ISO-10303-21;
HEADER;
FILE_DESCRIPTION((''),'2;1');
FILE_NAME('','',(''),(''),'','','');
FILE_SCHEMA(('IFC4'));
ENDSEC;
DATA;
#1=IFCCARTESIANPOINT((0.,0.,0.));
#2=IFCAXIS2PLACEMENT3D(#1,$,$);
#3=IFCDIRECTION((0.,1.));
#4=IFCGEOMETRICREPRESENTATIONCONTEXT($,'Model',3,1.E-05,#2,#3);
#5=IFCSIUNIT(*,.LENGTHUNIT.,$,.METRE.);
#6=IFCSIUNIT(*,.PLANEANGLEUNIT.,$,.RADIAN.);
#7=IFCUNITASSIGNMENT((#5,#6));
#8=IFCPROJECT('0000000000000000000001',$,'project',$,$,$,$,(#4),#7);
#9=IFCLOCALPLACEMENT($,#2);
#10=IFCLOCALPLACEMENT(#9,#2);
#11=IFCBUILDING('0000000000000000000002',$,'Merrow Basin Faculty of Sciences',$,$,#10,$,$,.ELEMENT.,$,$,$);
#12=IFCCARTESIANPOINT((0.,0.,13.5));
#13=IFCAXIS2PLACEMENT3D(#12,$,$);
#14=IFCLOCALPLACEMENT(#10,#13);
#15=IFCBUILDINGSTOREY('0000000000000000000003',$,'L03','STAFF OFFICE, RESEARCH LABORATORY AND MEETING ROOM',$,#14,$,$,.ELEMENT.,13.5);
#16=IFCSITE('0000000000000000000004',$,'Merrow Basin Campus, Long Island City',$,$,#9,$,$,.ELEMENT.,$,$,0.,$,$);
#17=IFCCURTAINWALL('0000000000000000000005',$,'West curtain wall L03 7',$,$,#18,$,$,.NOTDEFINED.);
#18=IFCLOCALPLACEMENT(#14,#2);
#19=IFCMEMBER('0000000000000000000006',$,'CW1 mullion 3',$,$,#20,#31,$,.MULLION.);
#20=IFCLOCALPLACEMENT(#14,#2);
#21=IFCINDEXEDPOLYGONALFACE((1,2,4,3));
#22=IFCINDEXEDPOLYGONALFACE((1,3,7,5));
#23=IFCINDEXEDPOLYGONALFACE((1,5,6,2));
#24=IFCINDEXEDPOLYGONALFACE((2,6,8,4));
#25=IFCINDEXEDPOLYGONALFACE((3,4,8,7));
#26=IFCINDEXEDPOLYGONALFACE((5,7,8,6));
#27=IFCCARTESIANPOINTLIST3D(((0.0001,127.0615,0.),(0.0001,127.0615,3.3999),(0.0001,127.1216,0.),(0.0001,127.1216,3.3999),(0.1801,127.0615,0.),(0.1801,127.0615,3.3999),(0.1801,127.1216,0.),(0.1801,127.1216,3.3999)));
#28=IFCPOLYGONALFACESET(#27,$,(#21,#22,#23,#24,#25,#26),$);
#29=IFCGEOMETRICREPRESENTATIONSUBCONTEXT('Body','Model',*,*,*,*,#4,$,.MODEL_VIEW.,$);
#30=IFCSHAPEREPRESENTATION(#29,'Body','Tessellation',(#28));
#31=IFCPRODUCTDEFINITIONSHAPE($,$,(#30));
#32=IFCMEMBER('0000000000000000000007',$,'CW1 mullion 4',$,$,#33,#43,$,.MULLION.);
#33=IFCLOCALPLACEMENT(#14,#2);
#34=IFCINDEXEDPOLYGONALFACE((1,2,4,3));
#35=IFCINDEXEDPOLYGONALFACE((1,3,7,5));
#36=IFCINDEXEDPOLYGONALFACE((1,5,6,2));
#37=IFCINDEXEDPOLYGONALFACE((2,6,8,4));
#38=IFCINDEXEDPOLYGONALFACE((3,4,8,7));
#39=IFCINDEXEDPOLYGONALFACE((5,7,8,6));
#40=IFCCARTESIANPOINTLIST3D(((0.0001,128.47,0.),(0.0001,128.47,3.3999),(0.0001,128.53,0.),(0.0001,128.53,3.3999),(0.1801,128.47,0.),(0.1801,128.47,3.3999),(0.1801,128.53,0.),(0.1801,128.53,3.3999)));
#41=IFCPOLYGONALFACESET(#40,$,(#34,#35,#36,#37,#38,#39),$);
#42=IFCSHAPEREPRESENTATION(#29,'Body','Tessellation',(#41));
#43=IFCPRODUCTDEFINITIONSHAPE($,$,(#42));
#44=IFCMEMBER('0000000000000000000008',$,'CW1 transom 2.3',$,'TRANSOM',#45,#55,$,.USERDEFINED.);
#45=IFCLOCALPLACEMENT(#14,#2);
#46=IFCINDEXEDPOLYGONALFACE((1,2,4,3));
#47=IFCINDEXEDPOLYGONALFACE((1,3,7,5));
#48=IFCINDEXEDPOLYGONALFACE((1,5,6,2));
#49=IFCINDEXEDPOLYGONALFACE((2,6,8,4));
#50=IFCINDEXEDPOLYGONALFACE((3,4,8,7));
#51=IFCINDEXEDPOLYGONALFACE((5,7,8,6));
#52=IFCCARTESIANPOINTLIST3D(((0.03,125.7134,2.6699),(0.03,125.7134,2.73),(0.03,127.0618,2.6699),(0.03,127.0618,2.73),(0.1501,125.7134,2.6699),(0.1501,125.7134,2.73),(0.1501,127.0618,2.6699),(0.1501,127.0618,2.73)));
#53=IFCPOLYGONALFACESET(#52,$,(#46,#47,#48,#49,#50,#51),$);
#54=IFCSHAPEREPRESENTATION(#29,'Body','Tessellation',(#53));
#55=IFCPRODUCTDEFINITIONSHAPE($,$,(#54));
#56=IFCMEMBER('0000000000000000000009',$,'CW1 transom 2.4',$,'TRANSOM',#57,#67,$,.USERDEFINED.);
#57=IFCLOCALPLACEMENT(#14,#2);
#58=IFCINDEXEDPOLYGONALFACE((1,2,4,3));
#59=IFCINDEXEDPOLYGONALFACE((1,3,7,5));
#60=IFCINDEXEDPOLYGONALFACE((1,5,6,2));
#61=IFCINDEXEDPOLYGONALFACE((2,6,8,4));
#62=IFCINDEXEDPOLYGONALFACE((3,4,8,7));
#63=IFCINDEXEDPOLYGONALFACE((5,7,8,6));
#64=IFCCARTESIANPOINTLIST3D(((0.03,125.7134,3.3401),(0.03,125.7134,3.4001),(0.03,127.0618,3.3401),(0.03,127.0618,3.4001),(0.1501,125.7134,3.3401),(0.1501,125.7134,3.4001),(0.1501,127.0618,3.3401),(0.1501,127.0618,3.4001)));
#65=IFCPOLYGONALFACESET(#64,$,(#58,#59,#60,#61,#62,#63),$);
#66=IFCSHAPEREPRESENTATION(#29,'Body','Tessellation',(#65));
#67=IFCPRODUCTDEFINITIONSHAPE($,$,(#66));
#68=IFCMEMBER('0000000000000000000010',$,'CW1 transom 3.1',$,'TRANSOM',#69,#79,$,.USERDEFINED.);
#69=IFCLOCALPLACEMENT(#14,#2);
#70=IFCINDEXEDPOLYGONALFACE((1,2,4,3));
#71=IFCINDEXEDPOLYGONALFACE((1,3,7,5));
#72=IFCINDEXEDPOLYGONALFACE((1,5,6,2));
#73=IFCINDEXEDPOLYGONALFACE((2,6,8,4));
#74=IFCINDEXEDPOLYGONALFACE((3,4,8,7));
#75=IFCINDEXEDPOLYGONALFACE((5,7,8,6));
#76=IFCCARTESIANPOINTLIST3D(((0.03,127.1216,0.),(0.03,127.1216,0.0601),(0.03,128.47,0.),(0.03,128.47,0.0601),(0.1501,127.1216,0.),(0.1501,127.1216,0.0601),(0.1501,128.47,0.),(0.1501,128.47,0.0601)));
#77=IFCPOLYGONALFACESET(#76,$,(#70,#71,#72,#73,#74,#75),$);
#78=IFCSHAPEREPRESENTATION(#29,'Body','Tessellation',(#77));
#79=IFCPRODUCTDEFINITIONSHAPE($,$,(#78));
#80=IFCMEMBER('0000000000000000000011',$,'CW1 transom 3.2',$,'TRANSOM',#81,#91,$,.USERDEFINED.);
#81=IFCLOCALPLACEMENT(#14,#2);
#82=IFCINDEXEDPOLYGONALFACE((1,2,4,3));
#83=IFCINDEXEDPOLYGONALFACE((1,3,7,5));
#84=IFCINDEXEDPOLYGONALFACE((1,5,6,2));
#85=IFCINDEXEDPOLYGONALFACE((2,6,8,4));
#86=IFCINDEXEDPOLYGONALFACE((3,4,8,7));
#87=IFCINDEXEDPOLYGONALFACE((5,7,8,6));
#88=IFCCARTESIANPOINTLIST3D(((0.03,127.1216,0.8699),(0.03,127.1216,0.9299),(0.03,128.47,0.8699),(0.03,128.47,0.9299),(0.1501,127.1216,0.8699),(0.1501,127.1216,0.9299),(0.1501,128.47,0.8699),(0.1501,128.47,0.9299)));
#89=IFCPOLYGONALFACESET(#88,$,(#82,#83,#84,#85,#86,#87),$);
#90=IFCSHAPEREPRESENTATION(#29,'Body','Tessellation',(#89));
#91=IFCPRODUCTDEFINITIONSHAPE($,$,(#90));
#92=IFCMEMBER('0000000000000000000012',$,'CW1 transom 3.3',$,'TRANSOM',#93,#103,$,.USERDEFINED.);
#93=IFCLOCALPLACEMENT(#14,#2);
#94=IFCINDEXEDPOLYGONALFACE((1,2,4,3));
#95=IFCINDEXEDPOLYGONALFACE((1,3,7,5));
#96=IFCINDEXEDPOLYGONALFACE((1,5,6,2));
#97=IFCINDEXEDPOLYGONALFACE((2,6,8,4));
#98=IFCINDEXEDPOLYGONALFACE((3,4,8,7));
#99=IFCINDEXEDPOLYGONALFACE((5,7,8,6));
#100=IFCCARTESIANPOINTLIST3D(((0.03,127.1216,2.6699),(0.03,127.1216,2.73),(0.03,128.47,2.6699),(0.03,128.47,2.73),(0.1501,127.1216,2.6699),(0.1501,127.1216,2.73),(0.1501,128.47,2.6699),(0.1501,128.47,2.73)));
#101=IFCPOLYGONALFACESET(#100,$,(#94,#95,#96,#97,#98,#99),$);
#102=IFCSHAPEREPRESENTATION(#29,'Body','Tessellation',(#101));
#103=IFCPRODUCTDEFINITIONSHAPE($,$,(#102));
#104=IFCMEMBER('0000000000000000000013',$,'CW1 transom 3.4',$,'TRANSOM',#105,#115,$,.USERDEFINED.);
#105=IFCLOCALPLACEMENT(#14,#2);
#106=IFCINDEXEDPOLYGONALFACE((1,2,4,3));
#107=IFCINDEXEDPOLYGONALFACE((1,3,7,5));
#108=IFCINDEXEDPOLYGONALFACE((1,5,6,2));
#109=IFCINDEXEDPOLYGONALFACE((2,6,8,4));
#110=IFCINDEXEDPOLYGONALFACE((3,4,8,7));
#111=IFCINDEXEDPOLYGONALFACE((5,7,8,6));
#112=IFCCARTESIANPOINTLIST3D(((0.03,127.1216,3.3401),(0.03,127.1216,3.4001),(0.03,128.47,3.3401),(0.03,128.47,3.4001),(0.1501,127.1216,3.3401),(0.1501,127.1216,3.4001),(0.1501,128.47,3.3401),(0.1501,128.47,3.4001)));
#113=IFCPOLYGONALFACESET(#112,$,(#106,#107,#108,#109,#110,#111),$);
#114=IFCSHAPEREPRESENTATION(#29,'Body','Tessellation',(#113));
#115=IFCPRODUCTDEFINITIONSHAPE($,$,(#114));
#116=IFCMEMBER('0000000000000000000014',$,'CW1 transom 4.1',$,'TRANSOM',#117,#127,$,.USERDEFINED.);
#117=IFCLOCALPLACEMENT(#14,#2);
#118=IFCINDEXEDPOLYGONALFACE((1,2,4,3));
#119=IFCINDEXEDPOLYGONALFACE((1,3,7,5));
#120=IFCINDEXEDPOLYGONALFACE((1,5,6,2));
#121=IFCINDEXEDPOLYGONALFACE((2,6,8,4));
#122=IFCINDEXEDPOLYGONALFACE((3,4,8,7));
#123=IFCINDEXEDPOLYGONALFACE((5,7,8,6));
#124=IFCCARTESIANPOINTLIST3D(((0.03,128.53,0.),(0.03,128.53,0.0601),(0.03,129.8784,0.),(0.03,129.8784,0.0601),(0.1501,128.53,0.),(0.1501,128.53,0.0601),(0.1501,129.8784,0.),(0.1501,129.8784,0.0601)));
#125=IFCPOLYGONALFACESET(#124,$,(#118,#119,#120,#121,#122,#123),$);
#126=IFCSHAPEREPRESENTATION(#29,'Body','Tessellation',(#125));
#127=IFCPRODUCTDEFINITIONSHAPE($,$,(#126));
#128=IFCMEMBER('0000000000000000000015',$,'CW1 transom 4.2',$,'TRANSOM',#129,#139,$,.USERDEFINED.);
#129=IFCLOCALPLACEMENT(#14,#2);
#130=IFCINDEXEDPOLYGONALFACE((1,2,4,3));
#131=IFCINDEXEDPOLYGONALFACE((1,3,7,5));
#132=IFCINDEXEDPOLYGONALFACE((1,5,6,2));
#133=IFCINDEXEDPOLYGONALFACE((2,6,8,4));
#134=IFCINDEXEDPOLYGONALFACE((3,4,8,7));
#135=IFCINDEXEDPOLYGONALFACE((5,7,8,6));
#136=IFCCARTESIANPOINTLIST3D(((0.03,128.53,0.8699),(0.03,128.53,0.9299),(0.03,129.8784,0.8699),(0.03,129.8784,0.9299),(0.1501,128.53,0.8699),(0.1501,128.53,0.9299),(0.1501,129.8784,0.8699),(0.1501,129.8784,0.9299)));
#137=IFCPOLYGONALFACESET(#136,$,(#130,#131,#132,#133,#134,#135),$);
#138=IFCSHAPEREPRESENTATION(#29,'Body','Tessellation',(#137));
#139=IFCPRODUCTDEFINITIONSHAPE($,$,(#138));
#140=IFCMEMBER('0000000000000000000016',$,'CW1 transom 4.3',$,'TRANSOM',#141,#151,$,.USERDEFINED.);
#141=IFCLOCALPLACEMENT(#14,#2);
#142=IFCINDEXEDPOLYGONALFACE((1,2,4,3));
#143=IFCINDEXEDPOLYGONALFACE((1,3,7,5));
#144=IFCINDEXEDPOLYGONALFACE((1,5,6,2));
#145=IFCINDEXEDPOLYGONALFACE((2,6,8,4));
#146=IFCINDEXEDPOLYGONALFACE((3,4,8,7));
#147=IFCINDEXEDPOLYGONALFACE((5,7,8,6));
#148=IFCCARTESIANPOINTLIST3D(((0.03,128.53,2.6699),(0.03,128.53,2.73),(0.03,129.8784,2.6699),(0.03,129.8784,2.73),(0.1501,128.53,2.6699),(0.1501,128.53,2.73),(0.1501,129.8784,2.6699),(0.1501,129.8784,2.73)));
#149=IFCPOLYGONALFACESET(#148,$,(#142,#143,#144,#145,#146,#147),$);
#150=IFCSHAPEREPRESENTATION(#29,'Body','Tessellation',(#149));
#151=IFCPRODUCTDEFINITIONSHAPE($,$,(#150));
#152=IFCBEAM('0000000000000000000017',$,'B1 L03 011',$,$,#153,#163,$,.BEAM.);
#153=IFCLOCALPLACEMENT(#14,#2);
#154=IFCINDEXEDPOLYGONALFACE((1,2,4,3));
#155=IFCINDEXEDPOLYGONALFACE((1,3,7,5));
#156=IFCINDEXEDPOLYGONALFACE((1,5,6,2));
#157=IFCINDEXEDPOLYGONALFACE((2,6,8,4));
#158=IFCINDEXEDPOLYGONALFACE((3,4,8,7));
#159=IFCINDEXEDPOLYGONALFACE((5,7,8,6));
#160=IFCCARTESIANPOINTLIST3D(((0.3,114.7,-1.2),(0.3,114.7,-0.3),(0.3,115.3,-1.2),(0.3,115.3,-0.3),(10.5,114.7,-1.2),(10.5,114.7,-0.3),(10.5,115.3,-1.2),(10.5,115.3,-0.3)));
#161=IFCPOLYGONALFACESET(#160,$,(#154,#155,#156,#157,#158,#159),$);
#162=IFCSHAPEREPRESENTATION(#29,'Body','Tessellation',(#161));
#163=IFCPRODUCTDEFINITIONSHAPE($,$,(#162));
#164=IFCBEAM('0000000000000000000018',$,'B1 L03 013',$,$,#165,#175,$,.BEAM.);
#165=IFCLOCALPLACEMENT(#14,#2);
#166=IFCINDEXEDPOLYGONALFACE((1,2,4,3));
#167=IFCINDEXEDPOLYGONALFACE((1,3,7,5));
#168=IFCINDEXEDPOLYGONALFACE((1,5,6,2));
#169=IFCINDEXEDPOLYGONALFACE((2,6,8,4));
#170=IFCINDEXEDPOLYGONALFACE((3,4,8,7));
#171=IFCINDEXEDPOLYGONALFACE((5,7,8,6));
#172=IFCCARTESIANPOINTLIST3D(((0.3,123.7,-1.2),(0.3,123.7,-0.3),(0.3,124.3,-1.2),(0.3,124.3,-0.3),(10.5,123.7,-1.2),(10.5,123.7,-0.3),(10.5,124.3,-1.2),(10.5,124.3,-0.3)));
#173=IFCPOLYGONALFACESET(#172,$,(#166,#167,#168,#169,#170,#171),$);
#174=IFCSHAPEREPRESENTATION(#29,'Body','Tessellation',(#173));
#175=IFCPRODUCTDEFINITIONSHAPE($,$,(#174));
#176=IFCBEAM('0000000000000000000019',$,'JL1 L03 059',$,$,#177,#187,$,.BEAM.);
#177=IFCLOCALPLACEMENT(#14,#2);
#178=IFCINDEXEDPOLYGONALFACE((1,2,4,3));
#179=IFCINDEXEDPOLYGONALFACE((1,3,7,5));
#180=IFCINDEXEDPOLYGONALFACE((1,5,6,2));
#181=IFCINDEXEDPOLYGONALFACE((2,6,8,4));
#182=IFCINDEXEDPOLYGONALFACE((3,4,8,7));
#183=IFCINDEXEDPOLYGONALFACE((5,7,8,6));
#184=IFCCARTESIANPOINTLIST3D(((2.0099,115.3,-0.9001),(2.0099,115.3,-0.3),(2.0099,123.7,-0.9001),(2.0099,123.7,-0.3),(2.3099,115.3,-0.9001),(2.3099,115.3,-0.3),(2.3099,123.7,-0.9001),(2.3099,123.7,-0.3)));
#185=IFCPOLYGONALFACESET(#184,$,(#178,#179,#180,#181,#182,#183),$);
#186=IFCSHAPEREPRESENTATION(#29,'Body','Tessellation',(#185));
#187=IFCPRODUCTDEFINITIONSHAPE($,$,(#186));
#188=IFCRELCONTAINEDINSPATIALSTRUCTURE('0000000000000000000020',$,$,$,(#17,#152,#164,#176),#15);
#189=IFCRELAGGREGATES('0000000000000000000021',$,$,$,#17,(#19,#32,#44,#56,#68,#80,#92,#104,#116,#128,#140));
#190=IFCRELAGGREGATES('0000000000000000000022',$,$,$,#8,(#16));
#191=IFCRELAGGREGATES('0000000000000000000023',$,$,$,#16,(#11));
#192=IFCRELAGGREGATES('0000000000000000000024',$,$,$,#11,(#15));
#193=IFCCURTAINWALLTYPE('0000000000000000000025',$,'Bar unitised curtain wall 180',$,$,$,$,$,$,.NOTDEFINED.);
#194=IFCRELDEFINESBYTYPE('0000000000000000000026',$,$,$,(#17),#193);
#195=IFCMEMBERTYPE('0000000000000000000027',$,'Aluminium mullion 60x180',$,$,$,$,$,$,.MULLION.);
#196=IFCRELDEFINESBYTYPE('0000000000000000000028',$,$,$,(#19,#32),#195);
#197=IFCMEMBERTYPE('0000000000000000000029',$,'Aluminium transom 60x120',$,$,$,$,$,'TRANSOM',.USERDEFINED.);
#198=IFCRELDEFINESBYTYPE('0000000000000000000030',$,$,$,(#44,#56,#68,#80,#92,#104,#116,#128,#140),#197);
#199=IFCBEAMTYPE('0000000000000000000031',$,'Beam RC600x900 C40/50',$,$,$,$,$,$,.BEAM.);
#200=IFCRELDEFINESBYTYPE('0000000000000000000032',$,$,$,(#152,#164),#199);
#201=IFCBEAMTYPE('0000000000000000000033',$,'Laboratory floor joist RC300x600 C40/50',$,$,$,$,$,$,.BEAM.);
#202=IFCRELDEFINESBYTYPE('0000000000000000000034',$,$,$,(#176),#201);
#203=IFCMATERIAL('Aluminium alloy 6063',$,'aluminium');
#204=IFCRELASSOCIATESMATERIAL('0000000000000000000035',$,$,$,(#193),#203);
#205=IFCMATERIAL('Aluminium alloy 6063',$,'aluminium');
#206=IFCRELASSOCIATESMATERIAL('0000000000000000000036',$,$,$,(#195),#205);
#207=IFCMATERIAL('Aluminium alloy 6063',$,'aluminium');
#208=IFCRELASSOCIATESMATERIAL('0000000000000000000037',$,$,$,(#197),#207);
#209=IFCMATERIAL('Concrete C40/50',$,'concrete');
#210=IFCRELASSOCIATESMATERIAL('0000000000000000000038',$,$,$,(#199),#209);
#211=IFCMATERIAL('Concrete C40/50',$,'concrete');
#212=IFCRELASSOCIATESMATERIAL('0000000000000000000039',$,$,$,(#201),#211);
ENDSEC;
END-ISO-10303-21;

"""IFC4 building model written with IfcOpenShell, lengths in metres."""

from ifc_helpers import new_model, si_unit, direction, frame, origin, origin_2d, place, context, subcontext, project, spatial, rectangle, extrude, material, material_profile, profile_set, type_object, element, aggregate, save


model = new_model("IFC4")

# Units and contexts
model_context = context("Model", 3, precision=1e-05, world=origin(), true_north=direction((0.0, 1.0)))
body_context = subcontext(model_context, "Body", "Model", "MODEL_VIEW")
ifc_project = project(units=[si_unit("LENGTHUNIT", "METRE"), si_unit("PLANEANGLEUNIT", "RADIAN")], contexts=[model_context])

# Site, building, storey
site_placement = place(None, origin())
site = spatial("IfcSite", under=ifc_project, at=site_placement, Name="Merrow Basin Campus, Long Island City", CompositionType="ELEMENT", RefElevation=0.0)
building_placement = place(site_placement, origin())
building = spatial("IfcBuilding", under=site, at=building_placement, Name="Merrow Basin Faculty of Sciences", CompositionType="ELEMENT")
storey_placement = place(building_placement, frame((0.0, 0.0, 13.5)))
storey = spatial("IfcBuildingStorey", under=building, at=storey_placement, Name="L03", Description="STAFF OFFICE, RESEARCH LABORATORY AND MEETING ROOM", CompositionType="ELEMENT", Elevation=13.5)

# Curtain wall, members
ifc_material_1 = material(Name="Aluminium alloy 6063", Category="aluminium")
curtain_wall_type = type_object("IfcCurtainWallType", Name="Bar unitised curtain wall 180", PredefinedType="NOTDEFINED", material=ifc_material_1)
curtain_wall_placement = place(storey_placement, origin())
curtain_wall = element("IfcCurtainWall", 1, at=curtain_wall_placement, inside=storey, type_object=curtain_wall_type, Name="West curtain wall L03 7", PredefinedType="NOTDEFINED")
ifc_material_2 = material(Name="Aluminium alloy 6063", Category="aluminium")
ifc_material_profile_1 = material_profile(ifc_material_2, rectangle(XDim=0.1799, YDim=0.0601, at=origin_2d()))
ifc_profile_set_1 = profile_set([ifc_material_profile_1], Name="Aluminium alloy 6063")
member_type_1 = type_object("IfcMemberType", Name="Aluminium mullion 60x180", PredefinedType="MULLION", material=ifc_profile_set_1)
member_1_placement = place(storey_placement, frame((0.0901, 127.0916, 0.0), z_axis=(0.0, 0.0, 1.0), x_axis=(-1.0, 0.0, 0.0)))
member_1 = element("IfcMember", 2, at=member_1_placement, type_object=member_type_1, Name="CW1 mullion 3", PredefinedType="MULLION", context=body_context, shape_type="SweptSolid", body=[
    extrude(rectangle(XDim=0.1799, YDim=0.0601, at=origin_2d()), origin(), (0.0, 0.0, 1.0), 3.3999),
])
member_2_placement = place(storey_placement, frame((0.0901, 128.5, 0.0), z_axis=(0.0, 0.0, 1.0), x_axis=(-1.0, 0.0, 0.0)))
member_2 = element("IfcMember", 3, at=member_2_placement, type_object=member_type_1, Name="CW1 mullion 4", PredefinedType="MULLION", context=body_context, shape_type="SweptSolid", body=[
    extrude(rectangle(XDim=0.1799, YDim=0.0601, at=origin_2d()), origin(), (0.0, 0.0, 1.0), 3.3999),
])
ifc_material_3 = material(Name="Aluminium alloy 6063", Category="aluminium")
ifc_material_profile_2 = material_profile(ifc_material_3, rectangle(XDim=0.1201, YDim=0.0601, at=origin_2d()))
ifc_profile_set_2 = profile_set([ifc_material_profile_2], Name="Aluminium alloy 6063")
member_type_2 = type_object("IfcMemberType", Name="Aluminium transom 60x120", ElementType="TRANSOM", PredefinedType="USERDEFINED", material=ifc_profile_set_2)
member_3_placement = place(storey_placement, frame((0.0901, 125.7134, 2.7), z_axis=(0.0, 1.0, 0.0), x_axis=(-1.0, 0.0, 0.0)))
member_3 = element("IfcMember", 4, at=member_3_placement, type_object=member_type_2, Name="CW1 transom 2.3", ObjectType="TRANSOM", PredefinedType="USERDEFINED", context=body_context, shape_type="SweptSolid", body=[
    extrude(rectangle(XDim=0.1201, YDim=0.0601, at=origin_2d()), origin(), (0.0, 0.0, 1.0), 1.3484),
])
member_4_placement = place(storey_placement, frame((0.0901, 125.7134, 3.3701), z_axis=(0.0, 1.0, 0.0), x_axis=(-1.0, 0.0, 0.0)))
member_4 = element("IfcMember", 5, at=member_4_placement, type_object=member_type_2, Name="CW1 transom 2.4", ObjectType="TRANSOM", PredefinedType="USERDEFINED", context=body_context, shape_type="SweptSolid", body=[
    extrude(rectangle(XDim=0.1201, YDim=0.0601, at=origin_2d()), origin(), (0.0, 0.0, 1.0), 1.3484),
])
member_5_placement = place(storey_placement, frame((0.0901, 127.1216, 0.03), z_axis=(0.0, 1.0, 0.0), x_axis=(-1.0, 0.0, 0.0)))
member_5 = element("IfcMember", 6, at=member_5_placement, type_object=member_type_2, Name="CW1 transom 3.1", ObjectType="TRANSOM", PredefinedType="USERDEFINED", context=body_context, shape_type="SweptSolid", body=[
    extrude(rectangle(XDim=0.1201, YDim=0.0601, at=origin_2d()), origin(), (0.0, 0.0, 1.0), 1.3484),
])
member_6_placement = place(storey_placement, frame((0.0901, 127.1216, 0.8999), z_axis=(0.0, 1.0, 0.0), x_axis=(-1.0, 0.0, 0.0)))
member_6 = element("IfcMember", 7, at=member_6_placement, type_object=member_type_2, Name="CW1 transom 3.2", ObjectType="TRANSOM", PredefinedType="USERDEFINED", context=body_context, shape_type="SweptSolid", body=[
    extrude(rectangle(XDim=0.1201, YDim=0.0601, at=origin_2d()), origin(), (0.0, 0.0, 1.0), 1.3484),
])
member_7_placement = place(storey_placement, frame((0.0901, 127.1216, 2.7), z_axis=(0.0, 1.0, 0.0), x_axis=(-1.0, 0.0, 0.0)))
member_7 = element("IfcMember", 8, at=member_7_placement, type_object=member_type_2, Name="CW1 transom 3.3", ObjectType="TRANSOM", PredefinedType="USERDEFINED", context=body_context, shape_type="SweptSolid", body=[
    extrude(rectangle(XDim=0.1201, YDim=0.0601, at=origin_2d()), origin(), (0.0, 0.0, 1.0), 1.3484),
])
member_8_placement = place(storey_placement, frame((0.0901, 127.1216, 3.3701), z_axis=(0.0, 1.0, 0.0), x_axis=(-1.0, 0.0, 0.0)))
member_8 = element("IfcMember", 9, at=member_8_placement, type_object=member_type_2, Name="CW1 transom 3.4", ObjectType="TRANSOM", PredefinedType="USERDEFINED", context=body_context, shape_type="SweptSolid", body=[
    extrude(rectangle(XDim=0.1201, YDim=0.0601, at=origin_2d()), origin(), (0.0, 0.0, 1.0), 1.3484),
])
member_9_placement = place(storey_placement, frame((0.0901, 128.53, 0.03), z_axis=(0.0, 1.0, 0.0), x_axis=(-1.0, 0.0, 0.0)))
member_9 = element("IfcMember", 10, at=member_9_placement, type_object=member_type_2, Name="CW1 transom 4.1", ObjectType="TRANSOM", PredefinedType="USERDEFINED", context=body_context, shape_type="SweptSolid", body=[
    extrude(rectangle(XDim=0.1201, YDim=0.0601, at=origin_2d()), origin(), (0.0, 0.0, 1.0), 1.3484),
])
member_10_placement = place(storey_placement, frame((0.0901, 128.53, 0.8999), z_axis=(0.0, 1.0, 0.0), x_axis=(-1.0, 0.0, 0.0)))
member_10 = element("IfcMember", 11, at=member_10_placement, type_object=member_type_2, Name="CW1 transom 4.2", ObjectType="TRANSOM", PredefinedType="USERDEFINED", context=body_context, shape_type="SweptSolid", body=[
    extrude(rectangle(XDim=0.1201, YDim=0.0601, at=origin_2d()), origin(), (0.0, 0.0, 1.0), 1.3484),
])
member_11_placement = place(storey_placement, frame((0.0901, 128.53, 2.7), z_axis=(0.0, 1.0, 0.0), x_axis=(-1.0, 0.0, 0.0)))
member_11 = element("IfcMember", 12, at=member_11_placement, type_object=member_type_2, Name="CW1 transom 4.3", ObjectType="TRANSOM", PredefinedType="USERDEFINED", context=body_context, shape_type="SweptSolid", body=[
    extrude(rectangle(XDim=0.1201, YDim=0.0601, at=origin_2d()), origin(), (0.0, 0.0, 1.0), 1.3484),
])

# Beams
ifc_material_4 = material(Name="Concrete C40/50", Category="concrete")
ifc_material_profile_3 = material_profile(ifc_material_4, rectangle(XDim=0.6001, YDim=0.8999, at=origin_2d()))
ifc_profile_set_3 = profile_set([ifc_material_profile_3], Name="Concrete C40/50")
beam_type_1 = type_object("IfcBeamType", Name="Beam RC600x900 C40/50", PredefinedType="BEAM", material=ifc_profile_set_3)
for number, where, z_axis, x_axis, name in (
    (13, (0.3, 115.0, -0.75), (1.0, 0.0, 0.0), (0.0, 1.0, 0.0), "B1 L03 011"),
    (14, (0.3, 124.0, -0.75), (1.0, 0.0, 0.0), (0.0, 1.0, 0.0), "B1 L03 013"),
):
    element("IfcBeam", number, at=place(storey_placement, frame(where, z_axis=z_axis, x_axis=x_axis)), inside=storey, type_object=beam_type_1, Name=name, PredefinedType="BEAM", context=body_context, shape_type="SweptSolid", body=[
        extrude(rectangle(XDim=0.6001, YDim=0.8999, at=origin_2d()), origin(), (0.0, 0.0, 1.0), 10.2),
    ])
ifc_material_5 = material(Name="Concrete C40/50", Category="concrete")
ifc_material_profile_4 = material_profile(ifc_material_5, rectangle(XDim=0.3, YDim=0.6001, at=origin_2d()))
ifc_profile_set_4 = profile_set([ifc_material_profile_4], Name="Concrete C40/50")
beam_type_2 = type_object("IfcBeamType", Name="Laboratory floor joist RC300x600 C40/50", PredefinedType="BEAM", material=ifc_profile_set_4)
for number, where, z_axis, x_axis, name in (
    (15, (2.1599, 115.3, -0.6001), (0.0, 1.0, 0.0), (-1.0, 0.0, 0.0), "JL1 L03 059"),
):
    element("IfcBeam", number, at=place(storey_placement, frame(where, z_axis=z_axis, x_axis=x_axis)), inside=storey, type_object=beam_type_2, Name=name, PredefinedType="BEAM", context=body_context, shape_type="SweptSolid", body=[
        extrude(rectangle(XDim=0.3, YDim=0.6001, at=origin_2d()), origin(), (0.0, 0.0, 1.0), 8.3999),
    ])

aggregate(curtain_wall, [member_1, member_2, member_3, member_4, member_5, member_6, member_7, member_8, member_9, member_10, member_11])

save(model, "model.ifc")
